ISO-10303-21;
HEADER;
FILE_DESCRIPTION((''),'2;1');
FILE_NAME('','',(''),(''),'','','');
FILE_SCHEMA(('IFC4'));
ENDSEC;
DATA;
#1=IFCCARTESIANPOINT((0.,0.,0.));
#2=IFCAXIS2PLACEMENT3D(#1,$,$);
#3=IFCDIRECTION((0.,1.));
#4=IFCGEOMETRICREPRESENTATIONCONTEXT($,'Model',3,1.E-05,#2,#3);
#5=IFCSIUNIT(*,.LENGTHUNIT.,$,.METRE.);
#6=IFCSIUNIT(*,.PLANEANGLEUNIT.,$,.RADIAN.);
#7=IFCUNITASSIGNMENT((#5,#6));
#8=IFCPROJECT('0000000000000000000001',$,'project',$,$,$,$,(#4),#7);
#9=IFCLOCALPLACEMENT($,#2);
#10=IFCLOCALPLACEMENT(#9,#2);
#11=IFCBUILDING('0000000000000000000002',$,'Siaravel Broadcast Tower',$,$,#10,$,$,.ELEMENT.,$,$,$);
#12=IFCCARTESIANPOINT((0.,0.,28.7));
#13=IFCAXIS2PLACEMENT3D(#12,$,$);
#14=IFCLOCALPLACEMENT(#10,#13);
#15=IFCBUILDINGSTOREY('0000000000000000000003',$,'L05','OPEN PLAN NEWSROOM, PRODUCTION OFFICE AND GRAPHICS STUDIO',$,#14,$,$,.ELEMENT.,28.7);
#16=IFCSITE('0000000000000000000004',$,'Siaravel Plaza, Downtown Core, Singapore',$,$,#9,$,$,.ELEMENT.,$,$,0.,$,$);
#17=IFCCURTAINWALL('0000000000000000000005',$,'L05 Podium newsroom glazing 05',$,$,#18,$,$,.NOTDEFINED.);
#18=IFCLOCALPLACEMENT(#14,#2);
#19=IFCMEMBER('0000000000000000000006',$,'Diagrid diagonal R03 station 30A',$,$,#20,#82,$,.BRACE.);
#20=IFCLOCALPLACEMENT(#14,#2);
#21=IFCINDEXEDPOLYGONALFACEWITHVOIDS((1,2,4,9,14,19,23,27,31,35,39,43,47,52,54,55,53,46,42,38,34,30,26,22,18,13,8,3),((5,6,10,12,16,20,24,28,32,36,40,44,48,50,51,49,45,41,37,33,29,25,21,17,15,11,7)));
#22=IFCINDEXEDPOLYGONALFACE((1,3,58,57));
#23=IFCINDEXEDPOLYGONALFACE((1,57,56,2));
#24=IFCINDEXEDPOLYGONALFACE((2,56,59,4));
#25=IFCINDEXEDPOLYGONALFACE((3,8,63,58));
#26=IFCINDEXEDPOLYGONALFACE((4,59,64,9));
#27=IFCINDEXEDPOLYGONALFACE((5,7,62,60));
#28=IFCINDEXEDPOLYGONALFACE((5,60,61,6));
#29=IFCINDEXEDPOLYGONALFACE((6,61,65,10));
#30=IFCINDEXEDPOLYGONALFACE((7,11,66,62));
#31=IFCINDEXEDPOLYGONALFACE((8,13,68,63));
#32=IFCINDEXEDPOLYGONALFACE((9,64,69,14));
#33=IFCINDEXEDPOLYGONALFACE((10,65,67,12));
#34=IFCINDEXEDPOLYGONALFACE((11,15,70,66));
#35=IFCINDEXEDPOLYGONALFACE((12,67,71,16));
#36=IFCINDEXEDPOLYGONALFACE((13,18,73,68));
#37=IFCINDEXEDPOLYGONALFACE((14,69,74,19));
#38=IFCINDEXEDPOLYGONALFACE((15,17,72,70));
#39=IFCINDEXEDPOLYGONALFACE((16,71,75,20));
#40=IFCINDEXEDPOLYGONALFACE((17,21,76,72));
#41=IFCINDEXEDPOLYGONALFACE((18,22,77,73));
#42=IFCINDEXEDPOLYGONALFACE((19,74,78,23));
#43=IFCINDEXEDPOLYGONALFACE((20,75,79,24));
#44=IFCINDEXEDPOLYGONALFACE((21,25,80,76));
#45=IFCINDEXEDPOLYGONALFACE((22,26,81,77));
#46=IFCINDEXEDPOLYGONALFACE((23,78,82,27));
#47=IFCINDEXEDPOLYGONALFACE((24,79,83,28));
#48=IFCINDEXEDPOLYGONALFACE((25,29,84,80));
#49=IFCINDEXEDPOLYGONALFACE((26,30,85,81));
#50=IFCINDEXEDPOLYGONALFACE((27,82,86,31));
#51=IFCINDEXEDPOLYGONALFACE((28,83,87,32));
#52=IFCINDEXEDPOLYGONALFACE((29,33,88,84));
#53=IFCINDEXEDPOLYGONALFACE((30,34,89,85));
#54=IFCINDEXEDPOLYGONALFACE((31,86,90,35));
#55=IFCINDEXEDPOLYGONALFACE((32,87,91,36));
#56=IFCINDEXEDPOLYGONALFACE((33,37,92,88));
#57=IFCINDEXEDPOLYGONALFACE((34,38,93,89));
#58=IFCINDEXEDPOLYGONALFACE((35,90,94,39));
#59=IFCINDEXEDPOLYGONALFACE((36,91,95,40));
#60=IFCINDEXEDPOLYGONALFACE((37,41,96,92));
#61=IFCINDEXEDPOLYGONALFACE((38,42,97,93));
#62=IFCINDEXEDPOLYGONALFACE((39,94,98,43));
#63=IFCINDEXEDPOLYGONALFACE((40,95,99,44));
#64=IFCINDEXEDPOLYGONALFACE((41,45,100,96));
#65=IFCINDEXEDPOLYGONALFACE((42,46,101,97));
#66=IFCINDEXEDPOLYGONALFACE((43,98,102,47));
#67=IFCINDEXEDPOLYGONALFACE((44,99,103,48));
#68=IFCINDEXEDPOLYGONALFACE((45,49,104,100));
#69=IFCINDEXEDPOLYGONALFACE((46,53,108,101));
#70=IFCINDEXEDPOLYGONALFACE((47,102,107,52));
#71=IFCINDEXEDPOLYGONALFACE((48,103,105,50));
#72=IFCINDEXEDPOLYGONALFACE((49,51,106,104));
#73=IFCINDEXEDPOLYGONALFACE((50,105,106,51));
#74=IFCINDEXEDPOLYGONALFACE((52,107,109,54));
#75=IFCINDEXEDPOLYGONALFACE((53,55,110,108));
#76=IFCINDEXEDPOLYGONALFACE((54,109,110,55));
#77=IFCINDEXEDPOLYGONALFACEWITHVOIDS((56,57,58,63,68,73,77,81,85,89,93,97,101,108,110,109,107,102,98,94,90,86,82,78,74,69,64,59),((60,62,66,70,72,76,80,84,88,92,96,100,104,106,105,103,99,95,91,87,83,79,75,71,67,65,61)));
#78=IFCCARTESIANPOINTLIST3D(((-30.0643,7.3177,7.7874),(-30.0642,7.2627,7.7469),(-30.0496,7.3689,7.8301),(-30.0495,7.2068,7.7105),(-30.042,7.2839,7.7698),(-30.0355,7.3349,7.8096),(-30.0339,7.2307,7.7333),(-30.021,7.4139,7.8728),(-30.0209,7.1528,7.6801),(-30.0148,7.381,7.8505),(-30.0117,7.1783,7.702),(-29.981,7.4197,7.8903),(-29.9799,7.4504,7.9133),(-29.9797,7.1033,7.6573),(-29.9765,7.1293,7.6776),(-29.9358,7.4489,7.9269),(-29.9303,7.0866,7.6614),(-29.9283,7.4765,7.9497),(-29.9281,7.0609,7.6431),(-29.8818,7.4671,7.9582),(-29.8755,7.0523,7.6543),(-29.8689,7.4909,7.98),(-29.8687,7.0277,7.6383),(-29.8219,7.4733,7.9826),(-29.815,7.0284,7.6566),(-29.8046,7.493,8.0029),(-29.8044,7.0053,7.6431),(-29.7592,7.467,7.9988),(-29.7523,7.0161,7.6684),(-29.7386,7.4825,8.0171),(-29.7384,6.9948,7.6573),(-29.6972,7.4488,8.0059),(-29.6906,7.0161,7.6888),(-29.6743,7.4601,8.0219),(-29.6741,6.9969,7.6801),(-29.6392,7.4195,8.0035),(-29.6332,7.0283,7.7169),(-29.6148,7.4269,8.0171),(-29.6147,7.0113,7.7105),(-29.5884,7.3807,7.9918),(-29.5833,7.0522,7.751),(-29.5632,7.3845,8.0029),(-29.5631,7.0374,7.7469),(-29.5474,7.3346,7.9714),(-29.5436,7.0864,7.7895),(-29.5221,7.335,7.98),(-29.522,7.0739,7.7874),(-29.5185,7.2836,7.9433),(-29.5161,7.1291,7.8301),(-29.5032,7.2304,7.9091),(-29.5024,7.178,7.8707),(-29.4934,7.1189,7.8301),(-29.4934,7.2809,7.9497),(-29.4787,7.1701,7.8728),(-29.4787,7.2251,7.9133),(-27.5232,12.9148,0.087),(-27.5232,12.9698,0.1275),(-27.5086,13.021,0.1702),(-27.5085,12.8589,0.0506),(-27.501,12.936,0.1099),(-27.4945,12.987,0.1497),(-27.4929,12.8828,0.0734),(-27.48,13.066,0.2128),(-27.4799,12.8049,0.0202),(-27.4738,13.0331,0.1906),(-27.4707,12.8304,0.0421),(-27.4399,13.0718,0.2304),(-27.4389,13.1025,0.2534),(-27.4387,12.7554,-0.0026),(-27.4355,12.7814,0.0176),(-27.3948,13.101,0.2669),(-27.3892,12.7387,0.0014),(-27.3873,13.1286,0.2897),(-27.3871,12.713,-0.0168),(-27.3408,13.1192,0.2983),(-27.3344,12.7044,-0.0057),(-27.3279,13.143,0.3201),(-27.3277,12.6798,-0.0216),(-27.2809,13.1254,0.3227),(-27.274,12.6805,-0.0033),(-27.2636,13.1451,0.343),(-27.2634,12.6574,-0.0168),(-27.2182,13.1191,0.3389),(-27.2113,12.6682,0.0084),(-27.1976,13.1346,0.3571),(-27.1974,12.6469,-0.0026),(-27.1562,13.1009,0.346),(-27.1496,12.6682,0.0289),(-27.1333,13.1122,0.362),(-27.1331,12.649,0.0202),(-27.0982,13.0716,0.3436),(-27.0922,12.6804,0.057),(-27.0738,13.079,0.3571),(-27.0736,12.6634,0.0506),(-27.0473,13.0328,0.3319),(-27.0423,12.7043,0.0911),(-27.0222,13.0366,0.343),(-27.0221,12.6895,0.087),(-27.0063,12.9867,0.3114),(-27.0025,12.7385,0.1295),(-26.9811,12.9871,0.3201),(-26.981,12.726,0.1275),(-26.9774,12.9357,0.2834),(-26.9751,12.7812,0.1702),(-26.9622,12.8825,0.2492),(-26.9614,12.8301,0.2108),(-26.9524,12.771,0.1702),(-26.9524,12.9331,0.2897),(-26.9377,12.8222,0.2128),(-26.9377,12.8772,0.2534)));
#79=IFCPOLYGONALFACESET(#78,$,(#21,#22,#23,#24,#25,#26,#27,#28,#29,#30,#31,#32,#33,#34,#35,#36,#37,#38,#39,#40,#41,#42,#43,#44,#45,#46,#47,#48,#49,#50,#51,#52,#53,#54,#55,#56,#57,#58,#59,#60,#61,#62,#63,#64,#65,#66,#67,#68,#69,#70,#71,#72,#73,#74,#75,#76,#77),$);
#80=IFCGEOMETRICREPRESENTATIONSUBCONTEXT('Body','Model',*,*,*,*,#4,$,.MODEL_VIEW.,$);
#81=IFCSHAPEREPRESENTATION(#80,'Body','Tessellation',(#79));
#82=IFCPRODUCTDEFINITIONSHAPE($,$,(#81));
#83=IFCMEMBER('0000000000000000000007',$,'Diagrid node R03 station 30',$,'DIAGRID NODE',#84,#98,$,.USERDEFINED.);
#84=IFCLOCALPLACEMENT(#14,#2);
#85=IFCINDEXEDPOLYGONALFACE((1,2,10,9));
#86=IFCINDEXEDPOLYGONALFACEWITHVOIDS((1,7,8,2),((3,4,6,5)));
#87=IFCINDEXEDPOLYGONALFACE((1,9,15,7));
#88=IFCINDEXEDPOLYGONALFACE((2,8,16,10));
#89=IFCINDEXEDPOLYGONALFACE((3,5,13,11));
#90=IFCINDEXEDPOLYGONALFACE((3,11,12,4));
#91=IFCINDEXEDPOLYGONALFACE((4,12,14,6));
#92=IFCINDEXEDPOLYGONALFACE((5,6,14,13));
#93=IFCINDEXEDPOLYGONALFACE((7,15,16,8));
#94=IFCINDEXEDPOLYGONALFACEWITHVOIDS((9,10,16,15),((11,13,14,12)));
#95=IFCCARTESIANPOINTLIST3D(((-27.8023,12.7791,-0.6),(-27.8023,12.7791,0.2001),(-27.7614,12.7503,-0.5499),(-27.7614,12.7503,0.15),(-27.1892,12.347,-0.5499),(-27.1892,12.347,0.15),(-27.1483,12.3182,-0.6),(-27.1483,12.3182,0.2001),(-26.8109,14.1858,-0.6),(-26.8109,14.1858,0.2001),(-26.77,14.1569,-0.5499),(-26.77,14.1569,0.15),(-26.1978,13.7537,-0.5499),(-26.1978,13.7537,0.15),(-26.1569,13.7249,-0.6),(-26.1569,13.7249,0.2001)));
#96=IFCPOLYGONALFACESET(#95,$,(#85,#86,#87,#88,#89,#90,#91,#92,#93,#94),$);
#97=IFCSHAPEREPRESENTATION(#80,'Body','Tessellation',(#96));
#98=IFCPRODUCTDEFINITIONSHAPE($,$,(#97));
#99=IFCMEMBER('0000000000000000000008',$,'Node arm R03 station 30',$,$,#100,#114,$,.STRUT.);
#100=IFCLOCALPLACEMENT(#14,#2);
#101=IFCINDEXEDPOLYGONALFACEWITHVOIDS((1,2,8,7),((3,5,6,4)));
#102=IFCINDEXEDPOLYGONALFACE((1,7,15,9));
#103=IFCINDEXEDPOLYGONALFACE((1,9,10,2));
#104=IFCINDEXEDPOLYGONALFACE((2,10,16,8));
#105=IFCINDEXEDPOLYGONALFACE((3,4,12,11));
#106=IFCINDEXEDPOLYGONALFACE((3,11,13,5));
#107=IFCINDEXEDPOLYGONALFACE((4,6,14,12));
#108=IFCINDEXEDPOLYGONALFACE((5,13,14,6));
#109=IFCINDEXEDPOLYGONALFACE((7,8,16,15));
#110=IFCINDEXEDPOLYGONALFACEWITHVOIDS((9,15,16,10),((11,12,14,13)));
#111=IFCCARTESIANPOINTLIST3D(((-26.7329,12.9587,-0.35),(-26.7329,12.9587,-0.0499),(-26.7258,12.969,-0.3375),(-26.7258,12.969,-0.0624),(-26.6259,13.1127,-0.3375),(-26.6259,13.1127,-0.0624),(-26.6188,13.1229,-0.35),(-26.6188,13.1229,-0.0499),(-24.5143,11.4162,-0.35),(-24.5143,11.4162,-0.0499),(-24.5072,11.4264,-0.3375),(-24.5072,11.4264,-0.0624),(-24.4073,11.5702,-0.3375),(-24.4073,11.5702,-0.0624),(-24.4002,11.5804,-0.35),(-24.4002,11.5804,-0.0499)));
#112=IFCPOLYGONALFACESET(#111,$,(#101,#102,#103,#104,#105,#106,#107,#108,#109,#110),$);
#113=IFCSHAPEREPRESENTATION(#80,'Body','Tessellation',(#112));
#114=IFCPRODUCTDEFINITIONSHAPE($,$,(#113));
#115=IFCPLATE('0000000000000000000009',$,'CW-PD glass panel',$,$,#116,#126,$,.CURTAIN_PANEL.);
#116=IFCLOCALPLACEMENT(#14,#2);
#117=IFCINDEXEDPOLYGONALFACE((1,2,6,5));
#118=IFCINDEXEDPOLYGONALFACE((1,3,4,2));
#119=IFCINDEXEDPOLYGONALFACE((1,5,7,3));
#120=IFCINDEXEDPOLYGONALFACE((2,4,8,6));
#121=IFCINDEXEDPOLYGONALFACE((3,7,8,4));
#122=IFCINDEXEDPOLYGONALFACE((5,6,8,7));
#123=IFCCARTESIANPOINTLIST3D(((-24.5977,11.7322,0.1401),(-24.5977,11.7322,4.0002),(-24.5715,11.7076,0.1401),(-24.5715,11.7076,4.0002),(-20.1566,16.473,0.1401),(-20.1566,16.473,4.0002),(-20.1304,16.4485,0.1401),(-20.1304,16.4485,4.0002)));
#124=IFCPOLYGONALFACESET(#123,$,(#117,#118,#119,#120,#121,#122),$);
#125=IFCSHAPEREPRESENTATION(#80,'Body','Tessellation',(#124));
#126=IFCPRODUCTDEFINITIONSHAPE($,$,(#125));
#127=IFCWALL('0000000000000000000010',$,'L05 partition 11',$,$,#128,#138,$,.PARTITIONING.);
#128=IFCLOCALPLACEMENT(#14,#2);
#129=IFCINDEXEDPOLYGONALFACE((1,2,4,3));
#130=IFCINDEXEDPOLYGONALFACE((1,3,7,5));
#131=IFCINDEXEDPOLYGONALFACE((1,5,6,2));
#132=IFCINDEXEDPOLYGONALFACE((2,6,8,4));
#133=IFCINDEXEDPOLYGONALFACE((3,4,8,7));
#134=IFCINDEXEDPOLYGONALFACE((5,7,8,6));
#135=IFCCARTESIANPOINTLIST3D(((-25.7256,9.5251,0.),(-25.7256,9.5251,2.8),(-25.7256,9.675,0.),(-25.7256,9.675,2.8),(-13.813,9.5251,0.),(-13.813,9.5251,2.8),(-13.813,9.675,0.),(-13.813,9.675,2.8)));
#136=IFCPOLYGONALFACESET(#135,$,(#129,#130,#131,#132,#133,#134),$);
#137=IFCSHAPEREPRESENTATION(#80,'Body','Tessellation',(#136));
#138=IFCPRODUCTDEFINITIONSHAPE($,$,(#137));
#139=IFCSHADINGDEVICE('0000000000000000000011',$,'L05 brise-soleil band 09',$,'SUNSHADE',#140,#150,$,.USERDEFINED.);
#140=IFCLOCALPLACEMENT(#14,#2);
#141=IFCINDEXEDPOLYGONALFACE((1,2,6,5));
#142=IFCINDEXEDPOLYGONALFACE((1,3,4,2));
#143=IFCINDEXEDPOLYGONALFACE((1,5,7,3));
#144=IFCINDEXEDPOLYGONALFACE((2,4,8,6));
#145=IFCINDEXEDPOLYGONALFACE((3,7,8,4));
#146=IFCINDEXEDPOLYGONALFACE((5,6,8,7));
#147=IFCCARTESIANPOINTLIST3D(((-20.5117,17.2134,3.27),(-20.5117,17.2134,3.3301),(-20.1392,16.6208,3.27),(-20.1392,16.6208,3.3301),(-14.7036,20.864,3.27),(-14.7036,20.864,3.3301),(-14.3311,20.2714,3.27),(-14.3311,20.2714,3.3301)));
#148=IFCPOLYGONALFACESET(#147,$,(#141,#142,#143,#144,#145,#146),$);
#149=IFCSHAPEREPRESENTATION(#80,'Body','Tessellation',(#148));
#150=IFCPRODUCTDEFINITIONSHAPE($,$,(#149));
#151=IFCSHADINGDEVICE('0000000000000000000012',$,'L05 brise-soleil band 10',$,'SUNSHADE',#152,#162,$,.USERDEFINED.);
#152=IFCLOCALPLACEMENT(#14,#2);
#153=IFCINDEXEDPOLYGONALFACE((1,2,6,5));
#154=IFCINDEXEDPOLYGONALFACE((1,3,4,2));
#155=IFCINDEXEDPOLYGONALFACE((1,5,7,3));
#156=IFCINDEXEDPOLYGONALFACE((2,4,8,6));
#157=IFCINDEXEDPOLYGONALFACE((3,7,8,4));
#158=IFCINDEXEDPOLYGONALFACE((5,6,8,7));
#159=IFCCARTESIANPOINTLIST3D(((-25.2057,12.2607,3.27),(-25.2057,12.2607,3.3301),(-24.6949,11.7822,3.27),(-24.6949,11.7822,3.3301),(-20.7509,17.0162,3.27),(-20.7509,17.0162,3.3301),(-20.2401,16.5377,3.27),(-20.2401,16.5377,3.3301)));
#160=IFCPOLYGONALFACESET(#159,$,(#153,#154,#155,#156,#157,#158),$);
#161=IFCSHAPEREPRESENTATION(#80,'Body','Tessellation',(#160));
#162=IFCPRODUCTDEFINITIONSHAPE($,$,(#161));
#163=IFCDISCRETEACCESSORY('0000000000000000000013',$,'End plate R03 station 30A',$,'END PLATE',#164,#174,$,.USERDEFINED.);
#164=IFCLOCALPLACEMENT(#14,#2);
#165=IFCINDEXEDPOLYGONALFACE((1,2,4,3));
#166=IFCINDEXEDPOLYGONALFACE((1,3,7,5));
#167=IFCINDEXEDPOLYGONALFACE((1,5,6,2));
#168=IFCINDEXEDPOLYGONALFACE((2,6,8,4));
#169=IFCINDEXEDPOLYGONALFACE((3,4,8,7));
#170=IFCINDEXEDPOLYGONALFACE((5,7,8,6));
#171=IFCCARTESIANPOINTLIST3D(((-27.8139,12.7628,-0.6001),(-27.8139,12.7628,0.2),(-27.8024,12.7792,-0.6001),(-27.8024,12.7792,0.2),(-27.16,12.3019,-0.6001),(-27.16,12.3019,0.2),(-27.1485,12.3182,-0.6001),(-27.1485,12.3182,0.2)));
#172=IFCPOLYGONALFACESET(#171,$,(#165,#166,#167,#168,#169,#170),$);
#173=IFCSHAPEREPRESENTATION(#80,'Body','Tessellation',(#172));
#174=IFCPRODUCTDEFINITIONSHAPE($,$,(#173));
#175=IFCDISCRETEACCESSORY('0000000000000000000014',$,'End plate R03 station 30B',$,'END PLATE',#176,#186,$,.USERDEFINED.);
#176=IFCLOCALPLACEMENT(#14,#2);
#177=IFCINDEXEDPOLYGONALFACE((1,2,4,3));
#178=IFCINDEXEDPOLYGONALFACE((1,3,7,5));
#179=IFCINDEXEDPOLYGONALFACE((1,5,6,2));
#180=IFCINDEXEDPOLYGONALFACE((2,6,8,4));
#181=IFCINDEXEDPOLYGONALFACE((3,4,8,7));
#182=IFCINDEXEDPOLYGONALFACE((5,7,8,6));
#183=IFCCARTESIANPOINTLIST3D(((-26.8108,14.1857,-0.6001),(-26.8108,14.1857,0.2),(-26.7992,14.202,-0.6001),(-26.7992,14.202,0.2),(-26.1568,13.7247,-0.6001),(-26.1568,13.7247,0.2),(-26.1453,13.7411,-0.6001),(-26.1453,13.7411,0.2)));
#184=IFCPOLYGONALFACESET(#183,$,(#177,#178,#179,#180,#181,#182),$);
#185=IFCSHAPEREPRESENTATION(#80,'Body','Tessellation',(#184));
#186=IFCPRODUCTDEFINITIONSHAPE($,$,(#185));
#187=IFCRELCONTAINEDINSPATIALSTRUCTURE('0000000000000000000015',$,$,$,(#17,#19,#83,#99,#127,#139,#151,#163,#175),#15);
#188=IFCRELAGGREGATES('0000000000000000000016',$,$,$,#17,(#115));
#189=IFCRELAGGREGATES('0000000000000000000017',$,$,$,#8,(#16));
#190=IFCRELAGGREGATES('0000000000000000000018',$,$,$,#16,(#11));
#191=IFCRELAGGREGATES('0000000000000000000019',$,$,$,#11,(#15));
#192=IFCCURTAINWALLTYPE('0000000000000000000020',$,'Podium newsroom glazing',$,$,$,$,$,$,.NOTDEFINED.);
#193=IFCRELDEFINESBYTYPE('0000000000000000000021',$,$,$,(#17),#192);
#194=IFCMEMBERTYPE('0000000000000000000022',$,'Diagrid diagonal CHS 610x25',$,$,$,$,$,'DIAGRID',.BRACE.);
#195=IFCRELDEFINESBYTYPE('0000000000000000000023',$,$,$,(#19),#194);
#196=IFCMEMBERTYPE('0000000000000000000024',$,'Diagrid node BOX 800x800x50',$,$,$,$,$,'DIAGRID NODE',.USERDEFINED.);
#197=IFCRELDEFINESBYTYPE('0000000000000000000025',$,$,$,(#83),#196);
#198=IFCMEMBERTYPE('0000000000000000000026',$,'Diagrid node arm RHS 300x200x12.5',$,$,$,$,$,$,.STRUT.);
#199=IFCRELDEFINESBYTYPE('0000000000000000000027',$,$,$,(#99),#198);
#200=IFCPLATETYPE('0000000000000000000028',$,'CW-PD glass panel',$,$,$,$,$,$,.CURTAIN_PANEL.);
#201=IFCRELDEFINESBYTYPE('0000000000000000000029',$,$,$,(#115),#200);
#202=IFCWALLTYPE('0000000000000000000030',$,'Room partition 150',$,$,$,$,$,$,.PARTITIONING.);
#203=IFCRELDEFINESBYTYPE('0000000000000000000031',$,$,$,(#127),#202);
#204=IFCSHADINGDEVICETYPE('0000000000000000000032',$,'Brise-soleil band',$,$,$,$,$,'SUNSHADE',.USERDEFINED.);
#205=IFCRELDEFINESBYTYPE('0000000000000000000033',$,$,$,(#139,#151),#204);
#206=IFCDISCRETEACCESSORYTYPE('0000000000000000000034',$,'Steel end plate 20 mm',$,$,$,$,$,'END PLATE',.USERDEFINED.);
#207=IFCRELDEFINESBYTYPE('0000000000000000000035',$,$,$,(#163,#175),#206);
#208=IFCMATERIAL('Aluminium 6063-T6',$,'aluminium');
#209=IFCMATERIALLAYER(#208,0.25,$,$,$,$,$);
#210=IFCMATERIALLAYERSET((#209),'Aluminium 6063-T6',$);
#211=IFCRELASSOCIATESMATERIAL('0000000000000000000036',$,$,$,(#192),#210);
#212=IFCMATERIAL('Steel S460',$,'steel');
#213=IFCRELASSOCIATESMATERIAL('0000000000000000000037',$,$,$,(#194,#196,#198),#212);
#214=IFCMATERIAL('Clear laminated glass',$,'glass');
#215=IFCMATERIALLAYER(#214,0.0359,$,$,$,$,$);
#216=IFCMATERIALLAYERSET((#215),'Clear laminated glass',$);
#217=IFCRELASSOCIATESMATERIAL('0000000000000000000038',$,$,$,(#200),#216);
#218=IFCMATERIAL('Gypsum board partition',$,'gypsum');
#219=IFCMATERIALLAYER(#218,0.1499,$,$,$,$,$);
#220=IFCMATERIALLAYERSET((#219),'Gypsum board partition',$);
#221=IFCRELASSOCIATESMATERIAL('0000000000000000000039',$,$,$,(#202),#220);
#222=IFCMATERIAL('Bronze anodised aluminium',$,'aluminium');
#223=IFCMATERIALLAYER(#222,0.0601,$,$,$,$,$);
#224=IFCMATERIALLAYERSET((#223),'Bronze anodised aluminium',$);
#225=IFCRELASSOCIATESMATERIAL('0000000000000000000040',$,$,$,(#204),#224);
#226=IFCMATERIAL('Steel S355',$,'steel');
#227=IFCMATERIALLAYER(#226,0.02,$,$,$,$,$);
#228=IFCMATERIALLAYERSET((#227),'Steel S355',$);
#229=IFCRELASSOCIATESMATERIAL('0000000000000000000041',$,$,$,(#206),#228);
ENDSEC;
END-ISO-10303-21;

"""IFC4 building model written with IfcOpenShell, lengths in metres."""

from ifc_helpers import new_model, si_unit, direction, frame, frame_2d, origin, origin_2d, place, context, subcontext, project, spatial, rectangle, hollow_rectangle, hollow_circle, extrude, material, layer, layer_set, material_profile, profile_set, type_object, element, aggregate, save


model = new_model("IFC4")

# Units and contexts
model_context = context("Model", 3, precision=1e-05, world=origin(), true_north=direction((0.0, 1.0)))
body_context = subcontext(model_context, "Body", "Model", "MODEL_VIEW")
ifc_project = project(units=[si_unit("LENGTHUNIT", "METRE"), si_unit("PLANEANGLEUNIT", "RADIAN")], contexts=[model_context])

# Site, building, storey
site_placement = place(None, origin())
site = spatial("IfcSite", under=ifc_project, at=site_placement, Name="Siaravel Plaza, Downtown Core, Singapore", CompositionType="ELEMENT", RefElevation=0.0)
building_placement = place(site_placement, origin())
building = spatial("IfcBuilding", under=site, at=building_placement, Name="Siaravel Broadcast Tower", CompositionType="ELEMENT")
storey_placement = place(building_placement, frame((0.0, 0.0, 28.7)))
storey = spatial("IfcBuildingStorey", under=building, at=storey_placement, Name="L05", Description="OPEN PLAN NEWSROOM, PRODUCTION OFFICE AND GRAPHICS STUDIO", CompositionType="ELEMENT", Elevation=28.7)

# Shared definitions
ifc_material_1 = material(Name="Steel S355", Category="steel")

# Curtain wall
ifc_material_2 = material(Name="Aluminium 6063-T6", Category="aluminium")
ifc_layer_1 = layer(ifc_material_2, 0.25)
ifc_layer_set_1 = layer_set([ifc_layer_1], Name="Aluminium 6063-T6")
curtain_wall_type = type_object("IfcCurtainWallType", Name="Podium newsroom glazing", PredefinedType="NOTDEFINED", material=ifc_layer_set_1)
curtain_wall_1_placement = place(storey_placement, origin())
curtain_wall_1 = element("IfcCurtainWall", 1, at=curtain_wall_1_placement, inside=storey, type_object=curtain_wall_type, Name="L05 Podium newsroom glazing 05", PredefinedType="NOTDEFINED")

# Members
ifc_material_3 = material(Name="Steel S460", Category="steel")
ifc_material_profile_1 = material_profile(ifc_material_3, hollow_circle(Radius=0.3049, WallThickness=0.0249, at=origin_2d()))
ifc_profile_set_1 = profile_set([ifc_material_profile_1], Name="Steel S460")
member_type_1 = type_object("IfcMemberType", Name="Diagrid diagonal CHS 610x25", ElementType="DIAGRID", PredefinedType="BRACE", material=ifc_profile_set_1)
member_1_placement = place(storey_placement, frame((-27.2305, 12.896, 0.1702), z_axis=(-0.257898, -0.573655, 0.777437), x_axis=(0.912068, -0.410039, 0.0)))
element("IfcMember", 2, at=member_1_placement, inside=storey, type_object=member_type_1, Name="Diagrid diagonal R03 station 30A", PredefinedType="BRACE", context=body_context, shape_type="SweptSolid", body=[
    extrude(hollow_circle(Radius=0.3049, WallThickness=0.0249, at=origin_2d()), origin(), (0.0, 0.0, 1.0), 9.8528),
])
ifc_material_profile_2 = material_profile(ifc_material_3, hollow_rectangle(XDim=0.8, YDim=0.8, WallThickness=0.05, at=origin_2d()))
ifc_profile_set_2 = profile_set([ifc_material_profile_2], Name="Steel S460")
member_type_2 = type_object("IfcMemberType", Name="Diagrid node BOX 800x800x50", ElementType="DIAGRID NODE", PredefinedType="USERDEFINED", material=ifc_profile_set_2)
member_2_placement = place(storey_placement, frame((-26.4839, 13.9553, -0.2), z_axis=(-0.576087, -0.817388, 0.0), x_axis=(0.817388, -0.576087, 0.0)))
element("IfcMember", 3, at=member_2_placement, inside=storey, type_object=member_type_2, Name="Diagrid node R03 station 30", ObjectType="DIAGRID NODE", PredefinedType="USERDEFINED", context=body_context, shape_type="SweptSolid", body=[
    extrude(hollow_rectangle(XDim=0.8, YDim=0.8, WallThickness=0.05, at=origin_2d()), origin(), (0.0, 0.0, 1.0), 1.7209),
])
ifc_material_profile_3 = material_profile(ifc_material_3, hollow_rectangle(XDim=0.2, YDim=0.3, WallThickness=0.0125, at=origin_2d()))
ifc_profile_set_3 = profile_set([ifc_material_profile_3], Name="Steel S460")
member_type_3 = type_object("IfcMemberType", Name="Diagrid node arm RHS 300x200x12.5", PredefinedType="STRUT", material=ifc_profile_set_3)
member_3_placement = place(storey_placement, frame((-24.4573, 11.4983, -0.2), z_axis=(-0.821049, 0.570858, 0.0), x_axis=(-0.570858, -0.821049, 0.0)))
element("IfcMember", 4, at=member_3_placement, inside=storey, type_object=member_type_3, Name="Node arm R03 station 30", PredefinedType="STRUT", context=body_context, shape_type="SweptSolid", body=[
    extrude(hollow_rectangle(XDim=0.2, YDim=0.3, WallThickness=0.0125, at=origin_2d()), origin(), (0.0, 0.0, 1.0), 2.7021),
])

# Plate
ifc_material_4 = material(Name="Clear laminated glass", Category="glass")
ifc_layer_2 = layer(ifc_material_4, 0.0359)
ifc_layer_set_2 = layer_set([ifc_layer_2], Name="Clear laminated glass")
plate_type = type_object("IfcPlateType", Name="CW-PD glass panel", PredefinedType="CURTAIN_PANEL", material=ifc_layer_set_2)
plate_placement = place(storey_placement, frame((-22.364, 14.0903, 0.1401), z_axis=(0.0, 0.0, 1.0), x_axis=(-0.683656, -0.729804, 0.0)))
plate = element("IfcPlate", 5, at=plate_placement, type_object=plate_type, Name="CW-PD glass panel", PredefinedType="CURTAIN_PANEL", context=body_context, shape_type="SweptSolid", body=[
    extrude(rectangle(XDim=6.4961, YDim=0.0359, at=origin_2d()), origin(), (0.0, 0.0, 1.0), 3.8601),
])
aggregate(curtain_wall_1, [plate])

# Wall
ifc_material_5 = material(Name="Gypsum board partition", Category="gypsum")
ifc_layer_3 = layer(ifc_material_5, 0.1499)
ifc_layer_set_3 = layer_set([ifc_layer_3], Name="Gypsum board partition")
wall_type = type_object("IfcWallType", Name="Room partition 150", PredefinedType="PARTITIONING", material=ifc_layer_set_3)
wall_placement = place(storey_placement, frame((-25.7256, 9.6001, 0.0), z_axis=(0.0, 0.0, 1.0), x_axis=(1.0, 0.0, 0.0)))
element("IfcWall", 6, at=wall_placement, inside=storey, type_object=wall_type, Name="L05 partition 11", PredefinedType="PARTITIONING", context=body_context, shape_type="SweptSolid", body=[
    extrude(rectangle(XDim=11.9126, YDim=0.1499, at=frame_2d((5.9563, 0.0))), origin(), (0.0, 0.0, 1.0), 2.8),
])

# Shading devices
ifc_material_6 = material(Name="Bronze anodised aluminium", Category="aluminium")
ifc_layer_4 = layer(ifc_material_6, 0.0601)
ifc_layer_set_4 = layer_set([ifc_layer_4], Name="Bronze anodised aluminium")
shading_device_type = type_object("IfcShadingDeviceType", Name="Brise-soleil band", ElementType="SUNSHADE", PredefinedType="USERDEFINED", material=ifc_layer_set_4)
shading_device_1_placement = place(storey_placement, frame((-17.4214, 18.7424, 3.27), z_axis=(0.0, 0.0, 1.0), x_axis=(-0.846651, -0.532148, 0.0)))
element("IfcShadingDevice", 7, at=shading_device_1_placement, inside=storey, type_object=shading_device_type, Name="L05 brise-soleil band 09", ObjectType="SUNSHADE", PredefinedType="USERDEFINED", context=body_context, shape_type="SweptSolid", body=[
    extrude(rectangle(XDim=6.8601, YDim=0.7, at=origin_2d()), origin(), (0.0, 0.0, 1.0), 0.0601),
])
shading_device_2_placement = place(storey_placement, frame((-22.7229, 14.3992, 3.27), z_axis=(0.0, 0.0, 1.0), x_axis=(-0.683656, -0.729804, 0.0)))
element("IfcShadingDevice", 8, at=shading_device_2_placement, inside=storey, type_object=shading_device_type, Name="L05 brise-soleil band 10", ObjectType="SUNSHADE", PredefinedType="USERDEFINED", context=body_context, shape_type="SweptSolid", body=[
    extrude(rectangle(XDim=6.5161, YDim=0.7, at=origin_2d()), origin(), (0.0, 0.0, 1.0), 0.0601),
])

# Discrete accessories
ifc_layer_5 = layer(ifc_material_1, 0.02)
ifc_layer_set_5 = layer_set([ifc_layer_5], Name="Steel S355")
discrete_accessory_type = type_object("IfcDiscreteAccessoryType", Name="Steel end plate 20 mm", ElementType="END PLATE", PredefinedType="USERDEFINED", material=ifc_layer_set_5)
for number, where, z_axis, x_axis, name in (
    (9, (-27.4812, 12.5405, -0.6001), (0.0, 0.0, 1.0), (-0.57612, -0.817365, 0.0), "End plate R03 station 30A"),
    (10, (-26.478, 13.9634, -0.6001), (0.0, 0.0, 1.0), (-0.57612, -0.817365, 0.0), "End plate R03 station 30B"),
):
    element("IfcDiscreteAccessory", number, at=place(storey_placement, frame(where, z_axis=z_axis, x_axis=x_axis)), inside=storey, type_object=discrete_accessory_type, Name=name, ObjectType="END PLATE", PredefinedType="USERDEFINED", context=body_context, shape_type="SweptSolid", body=[
        extrude(rectangle(XDim=0.02, YDim=0.8, at=origin_2d()), origin(), (0.0, 0.0, 1.0), 0.8),
    ])

save(model, "model.ifc")
